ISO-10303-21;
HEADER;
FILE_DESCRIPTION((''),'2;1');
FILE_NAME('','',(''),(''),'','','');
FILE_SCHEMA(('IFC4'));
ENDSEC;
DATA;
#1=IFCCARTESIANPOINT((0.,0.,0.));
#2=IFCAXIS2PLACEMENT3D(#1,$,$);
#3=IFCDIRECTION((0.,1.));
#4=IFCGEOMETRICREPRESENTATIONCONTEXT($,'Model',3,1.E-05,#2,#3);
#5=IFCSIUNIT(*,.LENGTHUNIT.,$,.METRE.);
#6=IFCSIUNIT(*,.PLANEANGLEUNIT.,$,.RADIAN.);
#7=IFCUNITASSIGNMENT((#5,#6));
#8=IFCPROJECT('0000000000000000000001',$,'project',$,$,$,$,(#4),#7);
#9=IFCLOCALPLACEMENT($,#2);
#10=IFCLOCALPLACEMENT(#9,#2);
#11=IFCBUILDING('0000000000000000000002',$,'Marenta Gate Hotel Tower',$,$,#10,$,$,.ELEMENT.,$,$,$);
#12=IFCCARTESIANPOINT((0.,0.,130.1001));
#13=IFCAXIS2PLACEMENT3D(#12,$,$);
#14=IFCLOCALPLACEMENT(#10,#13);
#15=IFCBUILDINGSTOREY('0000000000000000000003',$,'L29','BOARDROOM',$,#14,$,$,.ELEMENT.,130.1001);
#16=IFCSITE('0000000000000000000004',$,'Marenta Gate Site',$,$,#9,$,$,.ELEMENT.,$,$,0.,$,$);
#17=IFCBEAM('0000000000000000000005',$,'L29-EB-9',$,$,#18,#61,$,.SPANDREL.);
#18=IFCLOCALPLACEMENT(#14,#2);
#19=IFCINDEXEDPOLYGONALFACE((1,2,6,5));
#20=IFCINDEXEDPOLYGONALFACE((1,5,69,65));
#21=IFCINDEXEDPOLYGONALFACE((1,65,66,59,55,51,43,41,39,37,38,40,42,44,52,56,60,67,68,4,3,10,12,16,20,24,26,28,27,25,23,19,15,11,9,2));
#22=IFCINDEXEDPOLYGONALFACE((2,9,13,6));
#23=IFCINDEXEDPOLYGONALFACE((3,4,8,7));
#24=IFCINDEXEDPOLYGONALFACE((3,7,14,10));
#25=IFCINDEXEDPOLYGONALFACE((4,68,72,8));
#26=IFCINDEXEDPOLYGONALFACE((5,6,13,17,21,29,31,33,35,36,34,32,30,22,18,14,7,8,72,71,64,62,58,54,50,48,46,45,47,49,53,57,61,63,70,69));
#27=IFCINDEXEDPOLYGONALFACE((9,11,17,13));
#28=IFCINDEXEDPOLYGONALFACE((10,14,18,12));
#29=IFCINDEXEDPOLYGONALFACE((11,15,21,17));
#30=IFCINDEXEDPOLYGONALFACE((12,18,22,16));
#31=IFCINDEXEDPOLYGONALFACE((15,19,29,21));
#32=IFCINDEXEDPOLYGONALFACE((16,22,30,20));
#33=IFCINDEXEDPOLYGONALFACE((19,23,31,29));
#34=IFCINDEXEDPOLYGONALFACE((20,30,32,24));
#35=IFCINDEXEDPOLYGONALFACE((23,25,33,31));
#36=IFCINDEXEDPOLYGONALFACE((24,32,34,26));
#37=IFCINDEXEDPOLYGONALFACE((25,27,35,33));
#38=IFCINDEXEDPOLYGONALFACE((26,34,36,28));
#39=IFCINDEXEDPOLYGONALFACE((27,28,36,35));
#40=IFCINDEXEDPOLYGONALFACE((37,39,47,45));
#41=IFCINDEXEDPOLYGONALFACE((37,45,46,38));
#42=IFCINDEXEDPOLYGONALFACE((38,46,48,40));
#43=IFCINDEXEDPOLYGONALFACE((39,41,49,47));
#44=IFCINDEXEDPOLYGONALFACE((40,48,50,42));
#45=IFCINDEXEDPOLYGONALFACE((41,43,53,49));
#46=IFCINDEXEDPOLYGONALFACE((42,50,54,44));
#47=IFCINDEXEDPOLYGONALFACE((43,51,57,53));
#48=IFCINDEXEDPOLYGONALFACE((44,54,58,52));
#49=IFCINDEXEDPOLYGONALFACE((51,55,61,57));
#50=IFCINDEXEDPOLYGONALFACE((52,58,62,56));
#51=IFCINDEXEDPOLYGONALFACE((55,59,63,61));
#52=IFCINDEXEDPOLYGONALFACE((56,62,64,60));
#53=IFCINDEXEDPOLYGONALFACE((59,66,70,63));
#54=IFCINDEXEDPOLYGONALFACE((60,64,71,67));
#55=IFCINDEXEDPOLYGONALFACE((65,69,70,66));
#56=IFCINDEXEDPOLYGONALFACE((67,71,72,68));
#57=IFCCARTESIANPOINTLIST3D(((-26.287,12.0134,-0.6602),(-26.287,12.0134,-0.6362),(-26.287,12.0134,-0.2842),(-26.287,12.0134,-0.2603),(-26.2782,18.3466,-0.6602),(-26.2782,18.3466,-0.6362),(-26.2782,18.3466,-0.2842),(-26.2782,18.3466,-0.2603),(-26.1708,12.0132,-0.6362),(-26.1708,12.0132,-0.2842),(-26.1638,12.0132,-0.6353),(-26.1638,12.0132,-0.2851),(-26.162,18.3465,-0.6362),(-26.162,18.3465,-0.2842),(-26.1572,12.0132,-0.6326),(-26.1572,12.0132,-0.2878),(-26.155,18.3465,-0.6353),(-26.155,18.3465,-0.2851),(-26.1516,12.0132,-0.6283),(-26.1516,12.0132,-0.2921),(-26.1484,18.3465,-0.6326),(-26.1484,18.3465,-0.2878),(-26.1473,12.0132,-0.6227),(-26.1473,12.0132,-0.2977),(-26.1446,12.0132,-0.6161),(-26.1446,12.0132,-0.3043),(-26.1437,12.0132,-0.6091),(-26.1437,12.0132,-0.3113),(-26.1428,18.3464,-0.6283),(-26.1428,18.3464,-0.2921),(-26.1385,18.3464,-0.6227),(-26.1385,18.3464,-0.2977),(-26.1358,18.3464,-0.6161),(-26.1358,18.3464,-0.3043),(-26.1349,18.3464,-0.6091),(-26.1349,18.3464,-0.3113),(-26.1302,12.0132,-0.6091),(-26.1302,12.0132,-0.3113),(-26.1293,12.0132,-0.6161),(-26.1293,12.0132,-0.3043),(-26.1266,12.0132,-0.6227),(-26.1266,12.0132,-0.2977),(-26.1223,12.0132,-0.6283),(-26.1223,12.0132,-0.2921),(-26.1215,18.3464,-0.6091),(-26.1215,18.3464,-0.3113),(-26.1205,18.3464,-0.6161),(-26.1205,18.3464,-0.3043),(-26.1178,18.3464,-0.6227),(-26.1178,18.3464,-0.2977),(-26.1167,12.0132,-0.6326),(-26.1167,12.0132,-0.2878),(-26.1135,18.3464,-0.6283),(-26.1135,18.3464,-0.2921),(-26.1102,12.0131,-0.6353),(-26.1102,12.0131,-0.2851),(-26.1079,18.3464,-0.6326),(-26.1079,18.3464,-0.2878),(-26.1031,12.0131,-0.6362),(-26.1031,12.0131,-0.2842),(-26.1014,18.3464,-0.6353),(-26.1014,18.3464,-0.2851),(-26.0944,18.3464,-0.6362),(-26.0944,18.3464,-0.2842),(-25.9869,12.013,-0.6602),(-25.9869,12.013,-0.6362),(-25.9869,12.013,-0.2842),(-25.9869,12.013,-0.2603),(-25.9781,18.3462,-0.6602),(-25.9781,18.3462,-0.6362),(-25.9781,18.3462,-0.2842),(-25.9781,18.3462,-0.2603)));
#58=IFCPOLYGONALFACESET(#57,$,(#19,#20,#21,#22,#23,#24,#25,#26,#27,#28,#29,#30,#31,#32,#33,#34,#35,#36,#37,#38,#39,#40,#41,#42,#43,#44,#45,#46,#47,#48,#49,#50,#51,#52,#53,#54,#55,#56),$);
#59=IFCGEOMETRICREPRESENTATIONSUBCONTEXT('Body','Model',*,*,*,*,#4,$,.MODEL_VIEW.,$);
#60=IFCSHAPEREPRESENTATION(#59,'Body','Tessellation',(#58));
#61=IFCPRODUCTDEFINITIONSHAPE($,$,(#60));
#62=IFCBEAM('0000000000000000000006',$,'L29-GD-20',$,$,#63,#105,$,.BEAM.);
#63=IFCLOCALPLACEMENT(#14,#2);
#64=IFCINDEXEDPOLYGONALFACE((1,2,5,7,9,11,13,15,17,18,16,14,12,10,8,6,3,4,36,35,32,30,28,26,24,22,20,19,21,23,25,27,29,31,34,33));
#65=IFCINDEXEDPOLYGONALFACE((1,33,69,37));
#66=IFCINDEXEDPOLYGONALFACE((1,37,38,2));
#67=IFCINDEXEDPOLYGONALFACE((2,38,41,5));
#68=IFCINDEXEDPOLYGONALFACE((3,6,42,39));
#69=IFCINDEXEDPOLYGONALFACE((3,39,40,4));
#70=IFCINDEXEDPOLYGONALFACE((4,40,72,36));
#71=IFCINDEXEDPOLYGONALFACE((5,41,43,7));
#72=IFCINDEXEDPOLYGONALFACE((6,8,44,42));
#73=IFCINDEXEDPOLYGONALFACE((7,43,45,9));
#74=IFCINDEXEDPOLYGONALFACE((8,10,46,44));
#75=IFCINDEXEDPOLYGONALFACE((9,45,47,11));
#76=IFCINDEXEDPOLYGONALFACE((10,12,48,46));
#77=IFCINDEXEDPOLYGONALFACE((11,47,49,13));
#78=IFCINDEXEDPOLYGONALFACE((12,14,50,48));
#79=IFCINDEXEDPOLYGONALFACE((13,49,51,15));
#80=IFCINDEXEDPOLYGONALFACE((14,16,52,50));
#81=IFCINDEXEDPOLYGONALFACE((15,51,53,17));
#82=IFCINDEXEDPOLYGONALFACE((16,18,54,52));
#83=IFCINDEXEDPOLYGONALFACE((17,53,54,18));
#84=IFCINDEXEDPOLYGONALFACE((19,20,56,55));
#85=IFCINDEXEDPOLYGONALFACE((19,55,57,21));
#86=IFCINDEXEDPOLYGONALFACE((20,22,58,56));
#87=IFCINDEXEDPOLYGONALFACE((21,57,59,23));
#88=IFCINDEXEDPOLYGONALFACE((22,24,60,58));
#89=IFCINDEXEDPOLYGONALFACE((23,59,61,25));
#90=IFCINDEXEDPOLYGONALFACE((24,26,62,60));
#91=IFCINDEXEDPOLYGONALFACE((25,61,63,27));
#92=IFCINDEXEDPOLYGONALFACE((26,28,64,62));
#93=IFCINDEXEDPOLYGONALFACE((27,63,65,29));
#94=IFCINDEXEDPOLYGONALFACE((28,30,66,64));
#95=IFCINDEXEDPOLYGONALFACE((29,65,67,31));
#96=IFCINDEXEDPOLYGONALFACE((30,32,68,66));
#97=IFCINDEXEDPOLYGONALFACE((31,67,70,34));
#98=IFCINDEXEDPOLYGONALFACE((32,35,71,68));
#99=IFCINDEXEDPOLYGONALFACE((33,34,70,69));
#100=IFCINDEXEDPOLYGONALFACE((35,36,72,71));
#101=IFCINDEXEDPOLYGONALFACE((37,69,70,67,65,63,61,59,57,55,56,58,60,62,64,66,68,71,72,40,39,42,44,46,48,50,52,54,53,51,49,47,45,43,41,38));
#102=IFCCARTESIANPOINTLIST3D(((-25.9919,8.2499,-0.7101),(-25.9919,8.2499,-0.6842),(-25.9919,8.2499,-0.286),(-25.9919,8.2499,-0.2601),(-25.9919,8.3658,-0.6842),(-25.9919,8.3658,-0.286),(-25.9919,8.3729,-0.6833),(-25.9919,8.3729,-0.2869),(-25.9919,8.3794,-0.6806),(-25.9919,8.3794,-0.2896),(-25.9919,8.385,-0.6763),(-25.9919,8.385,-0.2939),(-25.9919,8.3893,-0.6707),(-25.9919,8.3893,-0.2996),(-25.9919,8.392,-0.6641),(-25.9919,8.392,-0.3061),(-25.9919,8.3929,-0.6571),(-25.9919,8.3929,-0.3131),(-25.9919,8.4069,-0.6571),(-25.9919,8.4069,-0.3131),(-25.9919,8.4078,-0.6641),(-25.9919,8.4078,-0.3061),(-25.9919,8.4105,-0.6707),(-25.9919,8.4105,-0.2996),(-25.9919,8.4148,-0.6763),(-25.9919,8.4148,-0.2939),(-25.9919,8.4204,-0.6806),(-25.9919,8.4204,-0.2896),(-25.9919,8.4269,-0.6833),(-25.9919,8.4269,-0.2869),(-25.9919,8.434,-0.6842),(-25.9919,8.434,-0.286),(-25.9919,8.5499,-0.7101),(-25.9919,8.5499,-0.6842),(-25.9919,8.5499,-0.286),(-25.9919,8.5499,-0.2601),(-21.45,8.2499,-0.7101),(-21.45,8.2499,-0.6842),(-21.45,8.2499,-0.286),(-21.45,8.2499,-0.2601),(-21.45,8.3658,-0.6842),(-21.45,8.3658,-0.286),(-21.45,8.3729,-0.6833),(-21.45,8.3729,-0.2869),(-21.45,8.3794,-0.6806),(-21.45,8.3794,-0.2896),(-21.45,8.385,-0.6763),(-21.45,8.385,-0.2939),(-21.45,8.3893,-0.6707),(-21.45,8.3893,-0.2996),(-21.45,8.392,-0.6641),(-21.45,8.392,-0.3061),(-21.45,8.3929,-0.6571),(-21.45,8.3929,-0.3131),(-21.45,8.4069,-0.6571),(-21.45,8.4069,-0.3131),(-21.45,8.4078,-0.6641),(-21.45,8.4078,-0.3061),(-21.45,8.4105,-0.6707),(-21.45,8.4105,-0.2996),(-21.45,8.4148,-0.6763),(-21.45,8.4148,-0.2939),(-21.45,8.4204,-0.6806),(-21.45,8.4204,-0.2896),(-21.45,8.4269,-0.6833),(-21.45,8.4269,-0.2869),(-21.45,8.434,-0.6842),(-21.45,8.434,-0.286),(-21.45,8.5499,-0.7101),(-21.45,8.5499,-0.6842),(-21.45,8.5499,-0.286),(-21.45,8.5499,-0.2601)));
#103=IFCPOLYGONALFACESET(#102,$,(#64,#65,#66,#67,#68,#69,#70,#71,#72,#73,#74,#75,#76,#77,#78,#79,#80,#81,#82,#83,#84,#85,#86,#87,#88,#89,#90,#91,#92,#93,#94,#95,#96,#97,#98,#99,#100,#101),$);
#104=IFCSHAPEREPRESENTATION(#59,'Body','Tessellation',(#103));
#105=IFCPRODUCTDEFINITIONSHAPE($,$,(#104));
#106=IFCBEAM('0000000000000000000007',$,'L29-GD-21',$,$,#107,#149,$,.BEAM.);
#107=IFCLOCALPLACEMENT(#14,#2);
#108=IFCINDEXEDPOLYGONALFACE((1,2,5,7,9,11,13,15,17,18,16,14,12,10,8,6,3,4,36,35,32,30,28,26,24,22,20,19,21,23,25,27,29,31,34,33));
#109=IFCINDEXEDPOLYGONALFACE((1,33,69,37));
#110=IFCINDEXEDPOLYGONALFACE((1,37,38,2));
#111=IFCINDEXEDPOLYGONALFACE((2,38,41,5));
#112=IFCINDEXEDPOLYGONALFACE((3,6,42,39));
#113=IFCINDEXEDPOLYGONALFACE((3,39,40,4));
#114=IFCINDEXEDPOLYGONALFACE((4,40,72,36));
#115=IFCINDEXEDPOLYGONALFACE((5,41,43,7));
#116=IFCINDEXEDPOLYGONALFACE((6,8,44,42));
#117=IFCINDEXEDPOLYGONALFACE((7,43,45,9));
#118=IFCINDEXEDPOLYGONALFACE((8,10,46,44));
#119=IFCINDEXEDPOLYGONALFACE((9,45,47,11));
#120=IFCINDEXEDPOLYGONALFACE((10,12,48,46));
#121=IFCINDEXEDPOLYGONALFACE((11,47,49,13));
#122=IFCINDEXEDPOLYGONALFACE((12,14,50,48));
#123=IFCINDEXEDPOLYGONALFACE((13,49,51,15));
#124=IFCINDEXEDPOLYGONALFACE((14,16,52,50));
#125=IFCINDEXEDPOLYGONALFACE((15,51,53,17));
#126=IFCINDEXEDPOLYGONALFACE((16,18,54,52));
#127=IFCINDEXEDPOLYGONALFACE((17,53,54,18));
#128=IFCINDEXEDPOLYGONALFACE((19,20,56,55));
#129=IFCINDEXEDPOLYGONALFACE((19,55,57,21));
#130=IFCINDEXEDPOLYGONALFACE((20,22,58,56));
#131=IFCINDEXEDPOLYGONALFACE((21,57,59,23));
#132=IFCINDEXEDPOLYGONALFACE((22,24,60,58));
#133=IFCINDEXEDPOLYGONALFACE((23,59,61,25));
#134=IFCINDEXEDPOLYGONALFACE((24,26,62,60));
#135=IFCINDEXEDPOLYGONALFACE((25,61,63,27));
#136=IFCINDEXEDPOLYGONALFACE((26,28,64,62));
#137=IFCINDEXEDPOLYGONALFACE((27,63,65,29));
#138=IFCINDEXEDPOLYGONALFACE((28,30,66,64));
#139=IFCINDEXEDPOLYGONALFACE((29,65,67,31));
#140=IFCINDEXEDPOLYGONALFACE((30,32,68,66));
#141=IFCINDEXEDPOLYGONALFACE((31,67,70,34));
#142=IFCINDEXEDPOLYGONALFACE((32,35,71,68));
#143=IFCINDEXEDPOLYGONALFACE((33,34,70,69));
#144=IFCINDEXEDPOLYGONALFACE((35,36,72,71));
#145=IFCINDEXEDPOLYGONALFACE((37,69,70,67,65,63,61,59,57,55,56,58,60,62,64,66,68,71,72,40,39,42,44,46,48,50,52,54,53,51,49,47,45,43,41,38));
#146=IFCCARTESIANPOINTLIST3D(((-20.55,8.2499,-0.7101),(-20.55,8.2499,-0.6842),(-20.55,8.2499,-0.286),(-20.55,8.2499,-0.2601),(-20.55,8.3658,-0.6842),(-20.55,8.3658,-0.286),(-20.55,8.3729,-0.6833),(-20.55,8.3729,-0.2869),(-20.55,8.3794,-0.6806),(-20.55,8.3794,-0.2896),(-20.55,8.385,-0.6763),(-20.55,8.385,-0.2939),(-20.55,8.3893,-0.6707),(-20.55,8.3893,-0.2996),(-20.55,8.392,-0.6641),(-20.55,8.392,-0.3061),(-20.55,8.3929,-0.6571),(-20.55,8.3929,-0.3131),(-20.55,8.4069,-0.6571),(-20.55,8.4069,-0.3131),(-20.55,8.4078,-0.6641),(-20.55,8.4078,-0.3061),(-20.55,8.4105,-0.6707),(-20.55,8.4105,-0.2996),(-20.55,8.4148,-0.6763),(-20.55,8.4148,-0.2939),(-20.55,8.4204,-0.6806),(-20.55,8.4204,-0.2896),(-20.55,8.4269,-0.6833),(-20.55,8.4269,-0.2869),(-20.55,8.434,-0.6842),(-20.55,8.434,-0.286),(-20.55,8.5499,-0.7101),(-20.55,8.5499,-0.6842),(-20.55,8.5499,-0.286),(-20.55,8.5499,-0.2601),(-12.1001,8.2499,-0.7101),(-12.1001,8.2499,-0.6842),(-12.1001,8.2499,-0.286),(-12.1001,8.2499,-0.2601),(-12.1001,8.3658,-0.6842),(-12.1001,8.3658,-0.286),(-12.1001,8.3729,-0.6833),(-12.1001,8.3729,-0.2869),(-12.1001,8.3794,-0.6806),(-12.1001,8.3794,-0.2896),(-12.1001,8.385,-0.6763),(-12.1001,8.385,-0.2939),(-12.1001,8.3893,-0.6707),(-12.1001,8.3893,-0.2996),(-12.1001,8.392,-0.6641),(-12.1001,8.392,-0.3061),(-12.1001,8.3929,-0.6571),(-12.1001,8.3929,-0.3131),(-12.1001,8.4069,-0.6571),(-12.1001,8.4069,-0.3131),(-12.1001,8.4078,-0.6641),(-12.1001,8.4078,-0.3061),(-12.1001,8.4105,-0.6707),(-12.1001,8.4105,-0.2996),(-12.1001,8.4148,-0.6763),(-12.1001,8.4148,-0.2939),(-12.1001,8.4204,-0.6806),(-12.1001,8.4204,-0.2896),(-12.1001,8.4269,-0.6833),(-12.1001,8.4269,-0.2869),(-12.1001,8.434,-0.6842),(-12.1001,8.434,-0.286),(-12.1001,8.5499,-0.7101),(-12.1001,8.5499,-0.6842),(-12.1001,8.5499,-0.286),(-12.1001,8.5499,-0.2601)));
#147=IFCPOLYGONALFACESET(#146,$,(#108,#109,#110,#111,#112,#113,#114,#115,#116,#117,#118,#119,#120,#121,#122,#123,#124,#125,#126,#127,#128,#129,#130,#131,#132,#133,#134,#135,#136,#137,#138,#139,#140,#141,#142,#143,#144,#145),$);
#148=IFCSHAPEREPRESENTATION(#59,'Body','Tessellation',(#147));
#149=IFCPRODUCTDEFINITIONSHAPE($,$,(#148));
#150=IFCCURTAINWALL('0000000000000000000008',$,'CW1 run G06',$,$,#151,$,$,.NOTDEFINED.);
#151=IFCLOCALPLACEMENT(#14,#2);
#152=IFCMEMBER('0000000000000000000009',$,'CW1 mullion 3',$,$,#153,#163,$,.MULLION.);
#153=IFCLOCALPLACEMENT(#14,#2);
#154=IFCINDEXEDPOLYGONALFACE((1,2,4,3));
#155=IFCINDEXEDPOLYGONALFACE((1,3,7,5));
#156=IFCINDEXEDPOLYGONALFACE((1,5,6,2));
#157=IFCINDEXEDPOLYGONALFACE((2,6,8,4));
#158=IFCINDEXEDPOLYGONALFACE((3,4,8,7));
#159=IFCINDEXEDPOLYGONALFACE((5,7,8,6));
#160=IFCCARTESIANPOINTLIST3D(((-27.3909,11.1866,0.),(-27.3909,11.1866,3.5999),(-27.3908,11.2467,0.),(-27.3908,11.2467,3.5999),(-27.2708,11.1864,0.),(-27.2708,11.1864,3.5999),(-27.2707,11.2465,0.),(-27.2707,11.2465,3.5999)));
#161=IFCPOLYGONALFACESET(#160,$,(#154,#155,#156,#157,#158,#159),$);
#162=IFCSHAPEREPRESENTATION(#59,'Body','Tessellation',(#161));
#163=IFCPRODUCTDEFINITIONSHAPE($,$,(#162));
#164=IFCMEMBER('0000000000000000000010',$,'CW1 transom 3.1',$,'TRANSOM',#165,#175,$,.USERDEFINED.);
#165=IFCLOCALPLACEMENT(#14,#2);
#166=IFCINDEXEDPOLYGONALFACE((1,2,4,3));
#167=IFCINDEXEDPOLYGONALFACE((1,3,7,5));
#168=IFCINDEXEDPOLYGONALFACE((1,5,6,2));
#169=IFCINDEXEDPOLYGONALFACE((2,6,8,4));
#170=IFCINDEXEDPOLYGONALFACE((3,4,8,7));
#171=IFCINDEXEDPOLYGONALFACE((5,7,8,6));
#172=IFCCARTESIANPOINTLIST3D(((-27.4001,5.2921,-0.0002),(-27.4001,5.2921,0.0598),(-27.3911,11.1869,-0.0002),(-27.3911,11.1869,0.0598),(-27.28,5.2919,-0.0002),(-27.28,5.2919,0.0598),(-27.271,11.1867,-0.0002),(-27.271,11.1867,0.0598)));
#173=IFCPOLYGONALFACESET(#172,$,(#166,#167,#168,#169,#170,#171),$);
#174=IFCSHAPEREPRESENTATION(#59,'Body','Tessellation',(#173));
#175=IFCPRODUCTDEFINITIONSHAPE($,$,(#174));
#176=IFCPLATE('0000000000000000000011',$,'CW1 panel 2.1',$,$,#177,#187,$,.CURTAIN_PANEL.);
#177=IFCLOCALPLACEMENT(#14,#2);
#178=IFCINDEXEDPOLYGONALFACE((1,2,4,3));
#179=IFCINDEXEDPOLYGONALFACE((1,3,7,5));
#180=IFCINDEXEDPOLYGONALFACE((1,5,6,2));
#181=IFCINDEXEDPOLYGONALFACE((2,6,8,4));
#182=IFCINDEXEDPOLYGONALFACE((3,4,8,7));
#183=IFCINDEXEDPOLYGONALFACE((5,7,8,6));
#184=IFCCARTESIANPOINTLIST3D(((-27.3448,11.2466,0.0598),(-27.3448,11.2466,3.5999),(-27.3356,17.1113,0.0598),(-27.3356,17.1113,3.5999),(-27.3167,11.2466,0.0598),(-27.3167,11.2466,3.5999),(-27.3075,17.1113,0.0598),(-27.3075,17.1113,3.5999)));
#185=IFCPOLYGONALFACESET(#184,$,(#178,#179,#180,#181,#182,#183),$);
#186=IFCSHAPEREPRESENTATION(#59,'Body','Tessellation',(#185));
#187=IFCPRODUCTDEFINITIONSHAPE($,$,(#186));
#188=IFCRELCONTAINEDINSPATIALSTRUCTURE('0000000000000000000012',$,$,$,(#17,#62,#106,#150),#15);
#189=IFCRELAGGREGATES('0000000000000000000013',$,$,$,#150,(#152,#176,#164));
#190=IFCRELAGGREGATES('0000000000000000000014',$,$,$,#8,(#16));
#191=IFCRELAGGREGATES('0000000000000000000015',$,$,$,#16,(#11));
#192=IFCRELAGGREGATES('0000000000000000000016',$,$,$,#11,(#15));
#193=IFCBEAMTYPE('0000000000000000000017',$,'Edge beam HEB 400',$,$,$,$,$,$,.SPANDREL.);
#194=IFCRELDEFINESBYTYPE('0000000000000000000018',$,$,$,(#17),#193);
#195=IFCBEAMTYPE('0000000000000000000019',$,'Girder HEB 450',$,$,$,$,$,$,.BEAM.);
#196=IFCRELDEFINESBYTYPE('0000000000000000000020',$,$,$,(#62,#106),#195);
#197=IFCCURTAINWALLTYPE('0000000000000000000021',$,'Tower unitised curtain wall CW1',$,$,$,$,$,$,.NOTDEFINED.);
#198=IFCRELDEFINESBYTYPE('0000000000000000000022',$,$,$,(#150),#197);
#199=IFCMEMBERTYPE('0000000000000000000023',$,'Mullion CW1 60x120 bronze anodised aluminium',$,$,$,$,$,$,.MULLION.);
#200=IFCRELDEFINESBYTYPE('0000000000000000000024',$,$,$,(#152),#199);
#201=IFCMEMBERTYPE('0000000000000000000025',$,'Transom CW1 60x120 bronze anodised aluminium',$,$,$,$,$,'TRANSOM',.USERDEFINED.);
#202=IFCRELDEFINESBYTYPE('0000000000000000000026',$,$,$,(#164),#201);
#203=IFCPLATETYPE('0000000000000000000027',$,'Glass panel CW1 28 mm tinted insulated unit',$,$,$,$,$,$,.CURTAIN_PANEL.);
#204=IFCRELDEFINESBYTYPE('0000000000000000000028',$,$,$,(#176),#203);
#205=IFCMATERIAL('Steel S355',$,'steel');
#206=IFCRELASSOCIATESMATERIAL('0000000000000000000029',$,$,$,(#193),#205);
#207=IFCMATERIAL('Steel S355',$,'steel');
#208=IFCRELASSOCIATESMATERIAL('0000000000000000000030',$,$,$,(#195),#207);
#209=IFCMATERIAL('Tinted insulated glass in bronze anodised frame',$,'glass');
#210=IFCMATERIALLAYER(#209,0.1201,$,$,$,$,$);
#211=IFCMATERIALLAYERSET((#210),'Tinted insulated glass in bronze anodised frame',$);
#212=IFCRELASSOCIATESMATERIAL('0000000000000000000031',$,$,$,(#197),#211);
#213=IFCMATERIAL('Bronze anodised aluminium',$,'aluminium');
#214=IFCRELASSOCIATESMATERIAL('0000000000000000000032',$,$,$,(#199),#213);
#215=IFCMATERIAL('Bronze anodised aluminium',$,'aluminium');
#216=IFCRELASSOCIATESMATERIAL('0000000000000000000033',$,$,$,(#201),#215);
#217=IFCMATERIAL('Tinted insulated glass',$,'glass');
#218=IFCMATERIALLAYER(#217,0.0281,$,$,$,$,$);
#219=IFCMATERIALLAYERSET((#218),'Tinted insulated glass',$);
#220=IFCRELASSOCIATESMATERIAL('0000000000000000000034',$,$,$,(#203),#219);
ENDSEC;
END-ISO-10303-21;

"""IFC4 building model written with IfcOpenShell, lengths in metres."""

from ifc_helpers import new_model, si_unit, direction, frame, origin, origin_2d, place, context, subcontext, project, spatial, rectangle, i_section, extrude, material, layer, layer_set, material_profile, profile_set, type_object, element, aggregate, save


model = new_model("IFC4")

# Units and contexts
model_context = context("Model", 3, precision=1e-05, world=origin(), true_north=direction((0.0, 1.0)))
body_context = subcontext(model_context, "Body", "Model", "MODEL_VIEW")
ifc_project = project(units=[si_unit("LENGTHUNIT", "METRE"), si_unit("PLANEANGLEUNIT", "RADIAN")], contexts=[model_context])

# Site, building, storey
site_placement = place(None, origin())
site = spatial("IfcSite", under=ifc_project, at=site_placement, Name="Marenta Gate Site", CompositionType="ELEMENT", RefElevation=0.0)
building_placement = place(site_placement, origin())
building = spatial("IfcBuilding", under=site, at=building_placement, Name="Marenta Gate Hotel Tower", CompositionType="ELEMENT")
storey_placement = place(building_placement, frame((0.0, 0.0, 130.1001)))
storey = spatial("IfcBuildingStorey", under=building, at=storey_placement, Name="L29", Description="BOARDROOM", CompositionType="ELEMENT", Elevation=130.1001)

# Beams
ifc_material_1 = material(Name="Steel S355", Category="steel")
ifc_material_profile_1 = material_profile(ifc_material_1, i_section(OverallWidth=0.3, OverallDepth=0.3999, WebThickness=0.0134, FlangeThickness=0.0239, FilletRadius=0.0271, at=origin_2d()), Name="HEB 400")
ifc_profile_set_1 = profile_set([ifc_material_profile_1], Name="Steel S355")
beam_type_1 = type_object("IfcBeamType", Name="Edge beam HEB 400", PredefinedType="SPANDREL", material=ifc_profile_set_1)
beam_1_placement = place(storey_placement, frame((-26.137, 12.0132, -0.4602), z_axis=(0.001388, 0.999999, 0.0), x_axis=(-0.999999, 0.001388, 0.0)))
element("IfcBeam", 1, at=beam_1_placement, inside=storey, type_object=beam_type_1, Name="L29-EB-9", PredefinedType="SPANDREL", context=body_context, shape_type="SweptSolid", body=[
    extrude(i_section(OverallWidth=0.3, OverallDepth=0.3999, WebThickness=0.0134, FlangeThickness=0.0239, FilletRadius=0.0271, at=origin_2d()), origin(), (0.0, 0.0, 1.0), 6.3333),
])
ifc_material_2 = material(Name="Steel S355", Category="steel")
ifc_material_profile_2 = material_profile(ifc_material_2, i_section(OverallWidth=0.3, OverallDepth=0.45, WebThickness=0.0139, FlangeThickness=0.0259, FilletRadius=0.0271, at=origin_2d()), Name="HEB 450")
ifc_profile_set_2 = profile_set([ifc_material_profile_2], Name="Steel S355")
beam_type_2 = type_object("IfcBeamType", Name="Girder HEB 450", PredefinedType="BEAM", material=ifc_profile_set_2)
beam_2_placement = place(storey_placement, frame((-25.9919, 8.3999, -0.4851), z_axis=(1.0, 0.0, 0.0), x_axis=(0.0, 1.0, 0.0)))
element("IfcBeam", 2, at=beam_2_placement, inside=storey, type_object=beam_type_2, Name="L29-GD-20", PredefinedType="BEAM", context=body_context, shape_type="SweptSolid", body=[
    extrude(i_section(OverallWidth=0.3, OverallDepth=0.45, WebThickness=0.0139, FlangeThickness=0.0259, FilletRadius=0.0271, at=origin_2d()), origin(), (0.0, 0.0, 1.0), 4.542),
])
beam_3_placement = place(storey_placement, frame((-20.55, 8.3999, -0.4851), z_axis=(1.0, 0.0, 0.0), x_axis=(0.0, 1.0, 0.0)))
element("IfcBeam", 3, at=beam_3_placement, inside=storey, type_object=beam_type_2, Name="L29-GD-21", PredefinedType="BEAM", context=body_context, shape_type="SweptSolid", body=[
    extrude(i_section(OverallWidth=0.3, OverallDepth=0.45, WebThickness=0.0139, FlangeThickness=0.0259, FilletRadius=0.0271, at=origin_2d()), origin(), (0.0, 0.0, 1.0), 8.45),
])

# Curtain wall, members, plate
ifc_material_3 = material(Name="Tinted insulated glass in bronze anodised frame", Category="glass")
ifc_layer_1 = layer(ifc_material_3, 0.1201)
ifc_layer_set_1 = layer_set([ifc_layer_1], Name="Tinted insulated glass in bronze anodised frame")
curtain_wall_type = type_object("IfcCurtainWallType", Name="Tower unitised curtain wall CW1", PredefinedType="NOTDEFINED", material=ifc_layer_set_1)
curtain_wall_placement = place(storey_placement, origin())
curtain_wall = element("IfcCurtainWall", 4, at=curtain_wall_placement, inside=storey, type_object=curtain_wall_type, Name="CW1 run G06", PredefinedType="NOTDEFINED")
ifc_material_4 = material(Name="Bronze anodised aluminium", Category="aluminium")
ifc_material_profile_3 = material_profile(ifc_material_4, rectangle(XDim=0.1201, YDim=0.0601, at=origin_2d()), Name="Mullion CW1 60x120 bronze anodised aluminium")
ifc_profile_set_3 = profile_set([ifc_material_profile_3], Name="Bronze anodised aluminium")
member_type_1 = type_object("IfcMemberType", Name="Mullion CW1 60x120 bronze anodised aluminium", PredefinedType="MULLION", material=ifc_profile_set_3)
member_1_placement = place(storey_placement, frame((-27.3308, 11.2166, 0.0), z_axis=(0.0, 0.0, 1.0), x_axis=(0.999999, -0.00157, 0.0)))
member_1 = element("IfcMember", 5, at=member_1_placement, type_object=member_type_1, Name="CW1 mullion 3", PredefinedType="MULLION", context=body_context, shape_type="SweptSolid", body=[
    extrude(rectangle(XDim=0.1201, YDim=0.0601, at=origin_2d()), origin(), (0.0, 0.0, 1.0), 3.5999),
])
ifc_material_5 = material(Name="Bronze anodised aluminium", Category="aluminium")
ifc_material_profile_4 = material_profile(ifc_material_5, rectangle(XDim=0.1201, YDim=0.0601, at=origin_2d()), Name="Transom CW1 60x120 bronze anodised aluminium")
ifc_profile_set_4 = profile_set([ifc_material_profile_4], Name="Bronze anodised aluminium")
member_type_2 = type_object("IfcMemberType", Name="Transom CW1 60x120 bronze anodised aluminium", ElementType="TRANSOM", PredefinedType="USERDEFINED", material=ifc_profile_set_4)
member_2_placement = place(storey_placement, frame((-27.3311, 11.1868, 0.0298), z_axis=(-0.001532, -0.999999, 0.0), x_axis=(0.999999, -0.001532, 0.0)))
member_2 = element("IfcMember", 6, at=member_2_placement, type_object=member_type_2, Name="CW1 transom 3.1", ObjectType="TRANSOM", PredefinedType="USERDEFINED", context=body_context, shape_type="SweptSolid", body=[
    extrude(rectangle(XDim=0.1201, YDim=0.0601, at=origin_2d()), origin(), (0.0, 0.0, 1.0), 5.8948),
])
ifc_material_6 = material(Name="Tinted insulated glass", Category="glass")
ifc_layer_2 = layer(ifc_material_6, 0.0281)
ifc_layer_set_2 = layer_set([ifc_layer_2], Name="Tinted insulated glass")
plate_type = type_object("IfcPlateType", Name="Glass panel CW1 28 mm tinted insulated unit", PredefinedType="CURTAIN_PANEL", material=ifc_layer_set_2)
plate_1_placement = place(storey_placement, frame((-27.3262, 14.179, 0.0598), z_axis=(0.0, 0.0, 1.0), x_axis=(-0.00157, -0.999999, 0.0)))
plate_1 = element("IfcPlate", 7, at=plate_1_placement, type_object=plate_type, Name="CW1 panel 2.1", PredefinedType="CURTAIN_PANEL", context=body_context, shape_type="SweptSolid", body=[
    extrude(rectangle(XDim=5.8647, YDim=0.0281, at=origin_2d()), origin(), (0.0, 0.0, 1.0), 3.54),
])
aggregate(curtain_wall, [member_1, plate_1, member_2])

save(model, "model.ifc")
